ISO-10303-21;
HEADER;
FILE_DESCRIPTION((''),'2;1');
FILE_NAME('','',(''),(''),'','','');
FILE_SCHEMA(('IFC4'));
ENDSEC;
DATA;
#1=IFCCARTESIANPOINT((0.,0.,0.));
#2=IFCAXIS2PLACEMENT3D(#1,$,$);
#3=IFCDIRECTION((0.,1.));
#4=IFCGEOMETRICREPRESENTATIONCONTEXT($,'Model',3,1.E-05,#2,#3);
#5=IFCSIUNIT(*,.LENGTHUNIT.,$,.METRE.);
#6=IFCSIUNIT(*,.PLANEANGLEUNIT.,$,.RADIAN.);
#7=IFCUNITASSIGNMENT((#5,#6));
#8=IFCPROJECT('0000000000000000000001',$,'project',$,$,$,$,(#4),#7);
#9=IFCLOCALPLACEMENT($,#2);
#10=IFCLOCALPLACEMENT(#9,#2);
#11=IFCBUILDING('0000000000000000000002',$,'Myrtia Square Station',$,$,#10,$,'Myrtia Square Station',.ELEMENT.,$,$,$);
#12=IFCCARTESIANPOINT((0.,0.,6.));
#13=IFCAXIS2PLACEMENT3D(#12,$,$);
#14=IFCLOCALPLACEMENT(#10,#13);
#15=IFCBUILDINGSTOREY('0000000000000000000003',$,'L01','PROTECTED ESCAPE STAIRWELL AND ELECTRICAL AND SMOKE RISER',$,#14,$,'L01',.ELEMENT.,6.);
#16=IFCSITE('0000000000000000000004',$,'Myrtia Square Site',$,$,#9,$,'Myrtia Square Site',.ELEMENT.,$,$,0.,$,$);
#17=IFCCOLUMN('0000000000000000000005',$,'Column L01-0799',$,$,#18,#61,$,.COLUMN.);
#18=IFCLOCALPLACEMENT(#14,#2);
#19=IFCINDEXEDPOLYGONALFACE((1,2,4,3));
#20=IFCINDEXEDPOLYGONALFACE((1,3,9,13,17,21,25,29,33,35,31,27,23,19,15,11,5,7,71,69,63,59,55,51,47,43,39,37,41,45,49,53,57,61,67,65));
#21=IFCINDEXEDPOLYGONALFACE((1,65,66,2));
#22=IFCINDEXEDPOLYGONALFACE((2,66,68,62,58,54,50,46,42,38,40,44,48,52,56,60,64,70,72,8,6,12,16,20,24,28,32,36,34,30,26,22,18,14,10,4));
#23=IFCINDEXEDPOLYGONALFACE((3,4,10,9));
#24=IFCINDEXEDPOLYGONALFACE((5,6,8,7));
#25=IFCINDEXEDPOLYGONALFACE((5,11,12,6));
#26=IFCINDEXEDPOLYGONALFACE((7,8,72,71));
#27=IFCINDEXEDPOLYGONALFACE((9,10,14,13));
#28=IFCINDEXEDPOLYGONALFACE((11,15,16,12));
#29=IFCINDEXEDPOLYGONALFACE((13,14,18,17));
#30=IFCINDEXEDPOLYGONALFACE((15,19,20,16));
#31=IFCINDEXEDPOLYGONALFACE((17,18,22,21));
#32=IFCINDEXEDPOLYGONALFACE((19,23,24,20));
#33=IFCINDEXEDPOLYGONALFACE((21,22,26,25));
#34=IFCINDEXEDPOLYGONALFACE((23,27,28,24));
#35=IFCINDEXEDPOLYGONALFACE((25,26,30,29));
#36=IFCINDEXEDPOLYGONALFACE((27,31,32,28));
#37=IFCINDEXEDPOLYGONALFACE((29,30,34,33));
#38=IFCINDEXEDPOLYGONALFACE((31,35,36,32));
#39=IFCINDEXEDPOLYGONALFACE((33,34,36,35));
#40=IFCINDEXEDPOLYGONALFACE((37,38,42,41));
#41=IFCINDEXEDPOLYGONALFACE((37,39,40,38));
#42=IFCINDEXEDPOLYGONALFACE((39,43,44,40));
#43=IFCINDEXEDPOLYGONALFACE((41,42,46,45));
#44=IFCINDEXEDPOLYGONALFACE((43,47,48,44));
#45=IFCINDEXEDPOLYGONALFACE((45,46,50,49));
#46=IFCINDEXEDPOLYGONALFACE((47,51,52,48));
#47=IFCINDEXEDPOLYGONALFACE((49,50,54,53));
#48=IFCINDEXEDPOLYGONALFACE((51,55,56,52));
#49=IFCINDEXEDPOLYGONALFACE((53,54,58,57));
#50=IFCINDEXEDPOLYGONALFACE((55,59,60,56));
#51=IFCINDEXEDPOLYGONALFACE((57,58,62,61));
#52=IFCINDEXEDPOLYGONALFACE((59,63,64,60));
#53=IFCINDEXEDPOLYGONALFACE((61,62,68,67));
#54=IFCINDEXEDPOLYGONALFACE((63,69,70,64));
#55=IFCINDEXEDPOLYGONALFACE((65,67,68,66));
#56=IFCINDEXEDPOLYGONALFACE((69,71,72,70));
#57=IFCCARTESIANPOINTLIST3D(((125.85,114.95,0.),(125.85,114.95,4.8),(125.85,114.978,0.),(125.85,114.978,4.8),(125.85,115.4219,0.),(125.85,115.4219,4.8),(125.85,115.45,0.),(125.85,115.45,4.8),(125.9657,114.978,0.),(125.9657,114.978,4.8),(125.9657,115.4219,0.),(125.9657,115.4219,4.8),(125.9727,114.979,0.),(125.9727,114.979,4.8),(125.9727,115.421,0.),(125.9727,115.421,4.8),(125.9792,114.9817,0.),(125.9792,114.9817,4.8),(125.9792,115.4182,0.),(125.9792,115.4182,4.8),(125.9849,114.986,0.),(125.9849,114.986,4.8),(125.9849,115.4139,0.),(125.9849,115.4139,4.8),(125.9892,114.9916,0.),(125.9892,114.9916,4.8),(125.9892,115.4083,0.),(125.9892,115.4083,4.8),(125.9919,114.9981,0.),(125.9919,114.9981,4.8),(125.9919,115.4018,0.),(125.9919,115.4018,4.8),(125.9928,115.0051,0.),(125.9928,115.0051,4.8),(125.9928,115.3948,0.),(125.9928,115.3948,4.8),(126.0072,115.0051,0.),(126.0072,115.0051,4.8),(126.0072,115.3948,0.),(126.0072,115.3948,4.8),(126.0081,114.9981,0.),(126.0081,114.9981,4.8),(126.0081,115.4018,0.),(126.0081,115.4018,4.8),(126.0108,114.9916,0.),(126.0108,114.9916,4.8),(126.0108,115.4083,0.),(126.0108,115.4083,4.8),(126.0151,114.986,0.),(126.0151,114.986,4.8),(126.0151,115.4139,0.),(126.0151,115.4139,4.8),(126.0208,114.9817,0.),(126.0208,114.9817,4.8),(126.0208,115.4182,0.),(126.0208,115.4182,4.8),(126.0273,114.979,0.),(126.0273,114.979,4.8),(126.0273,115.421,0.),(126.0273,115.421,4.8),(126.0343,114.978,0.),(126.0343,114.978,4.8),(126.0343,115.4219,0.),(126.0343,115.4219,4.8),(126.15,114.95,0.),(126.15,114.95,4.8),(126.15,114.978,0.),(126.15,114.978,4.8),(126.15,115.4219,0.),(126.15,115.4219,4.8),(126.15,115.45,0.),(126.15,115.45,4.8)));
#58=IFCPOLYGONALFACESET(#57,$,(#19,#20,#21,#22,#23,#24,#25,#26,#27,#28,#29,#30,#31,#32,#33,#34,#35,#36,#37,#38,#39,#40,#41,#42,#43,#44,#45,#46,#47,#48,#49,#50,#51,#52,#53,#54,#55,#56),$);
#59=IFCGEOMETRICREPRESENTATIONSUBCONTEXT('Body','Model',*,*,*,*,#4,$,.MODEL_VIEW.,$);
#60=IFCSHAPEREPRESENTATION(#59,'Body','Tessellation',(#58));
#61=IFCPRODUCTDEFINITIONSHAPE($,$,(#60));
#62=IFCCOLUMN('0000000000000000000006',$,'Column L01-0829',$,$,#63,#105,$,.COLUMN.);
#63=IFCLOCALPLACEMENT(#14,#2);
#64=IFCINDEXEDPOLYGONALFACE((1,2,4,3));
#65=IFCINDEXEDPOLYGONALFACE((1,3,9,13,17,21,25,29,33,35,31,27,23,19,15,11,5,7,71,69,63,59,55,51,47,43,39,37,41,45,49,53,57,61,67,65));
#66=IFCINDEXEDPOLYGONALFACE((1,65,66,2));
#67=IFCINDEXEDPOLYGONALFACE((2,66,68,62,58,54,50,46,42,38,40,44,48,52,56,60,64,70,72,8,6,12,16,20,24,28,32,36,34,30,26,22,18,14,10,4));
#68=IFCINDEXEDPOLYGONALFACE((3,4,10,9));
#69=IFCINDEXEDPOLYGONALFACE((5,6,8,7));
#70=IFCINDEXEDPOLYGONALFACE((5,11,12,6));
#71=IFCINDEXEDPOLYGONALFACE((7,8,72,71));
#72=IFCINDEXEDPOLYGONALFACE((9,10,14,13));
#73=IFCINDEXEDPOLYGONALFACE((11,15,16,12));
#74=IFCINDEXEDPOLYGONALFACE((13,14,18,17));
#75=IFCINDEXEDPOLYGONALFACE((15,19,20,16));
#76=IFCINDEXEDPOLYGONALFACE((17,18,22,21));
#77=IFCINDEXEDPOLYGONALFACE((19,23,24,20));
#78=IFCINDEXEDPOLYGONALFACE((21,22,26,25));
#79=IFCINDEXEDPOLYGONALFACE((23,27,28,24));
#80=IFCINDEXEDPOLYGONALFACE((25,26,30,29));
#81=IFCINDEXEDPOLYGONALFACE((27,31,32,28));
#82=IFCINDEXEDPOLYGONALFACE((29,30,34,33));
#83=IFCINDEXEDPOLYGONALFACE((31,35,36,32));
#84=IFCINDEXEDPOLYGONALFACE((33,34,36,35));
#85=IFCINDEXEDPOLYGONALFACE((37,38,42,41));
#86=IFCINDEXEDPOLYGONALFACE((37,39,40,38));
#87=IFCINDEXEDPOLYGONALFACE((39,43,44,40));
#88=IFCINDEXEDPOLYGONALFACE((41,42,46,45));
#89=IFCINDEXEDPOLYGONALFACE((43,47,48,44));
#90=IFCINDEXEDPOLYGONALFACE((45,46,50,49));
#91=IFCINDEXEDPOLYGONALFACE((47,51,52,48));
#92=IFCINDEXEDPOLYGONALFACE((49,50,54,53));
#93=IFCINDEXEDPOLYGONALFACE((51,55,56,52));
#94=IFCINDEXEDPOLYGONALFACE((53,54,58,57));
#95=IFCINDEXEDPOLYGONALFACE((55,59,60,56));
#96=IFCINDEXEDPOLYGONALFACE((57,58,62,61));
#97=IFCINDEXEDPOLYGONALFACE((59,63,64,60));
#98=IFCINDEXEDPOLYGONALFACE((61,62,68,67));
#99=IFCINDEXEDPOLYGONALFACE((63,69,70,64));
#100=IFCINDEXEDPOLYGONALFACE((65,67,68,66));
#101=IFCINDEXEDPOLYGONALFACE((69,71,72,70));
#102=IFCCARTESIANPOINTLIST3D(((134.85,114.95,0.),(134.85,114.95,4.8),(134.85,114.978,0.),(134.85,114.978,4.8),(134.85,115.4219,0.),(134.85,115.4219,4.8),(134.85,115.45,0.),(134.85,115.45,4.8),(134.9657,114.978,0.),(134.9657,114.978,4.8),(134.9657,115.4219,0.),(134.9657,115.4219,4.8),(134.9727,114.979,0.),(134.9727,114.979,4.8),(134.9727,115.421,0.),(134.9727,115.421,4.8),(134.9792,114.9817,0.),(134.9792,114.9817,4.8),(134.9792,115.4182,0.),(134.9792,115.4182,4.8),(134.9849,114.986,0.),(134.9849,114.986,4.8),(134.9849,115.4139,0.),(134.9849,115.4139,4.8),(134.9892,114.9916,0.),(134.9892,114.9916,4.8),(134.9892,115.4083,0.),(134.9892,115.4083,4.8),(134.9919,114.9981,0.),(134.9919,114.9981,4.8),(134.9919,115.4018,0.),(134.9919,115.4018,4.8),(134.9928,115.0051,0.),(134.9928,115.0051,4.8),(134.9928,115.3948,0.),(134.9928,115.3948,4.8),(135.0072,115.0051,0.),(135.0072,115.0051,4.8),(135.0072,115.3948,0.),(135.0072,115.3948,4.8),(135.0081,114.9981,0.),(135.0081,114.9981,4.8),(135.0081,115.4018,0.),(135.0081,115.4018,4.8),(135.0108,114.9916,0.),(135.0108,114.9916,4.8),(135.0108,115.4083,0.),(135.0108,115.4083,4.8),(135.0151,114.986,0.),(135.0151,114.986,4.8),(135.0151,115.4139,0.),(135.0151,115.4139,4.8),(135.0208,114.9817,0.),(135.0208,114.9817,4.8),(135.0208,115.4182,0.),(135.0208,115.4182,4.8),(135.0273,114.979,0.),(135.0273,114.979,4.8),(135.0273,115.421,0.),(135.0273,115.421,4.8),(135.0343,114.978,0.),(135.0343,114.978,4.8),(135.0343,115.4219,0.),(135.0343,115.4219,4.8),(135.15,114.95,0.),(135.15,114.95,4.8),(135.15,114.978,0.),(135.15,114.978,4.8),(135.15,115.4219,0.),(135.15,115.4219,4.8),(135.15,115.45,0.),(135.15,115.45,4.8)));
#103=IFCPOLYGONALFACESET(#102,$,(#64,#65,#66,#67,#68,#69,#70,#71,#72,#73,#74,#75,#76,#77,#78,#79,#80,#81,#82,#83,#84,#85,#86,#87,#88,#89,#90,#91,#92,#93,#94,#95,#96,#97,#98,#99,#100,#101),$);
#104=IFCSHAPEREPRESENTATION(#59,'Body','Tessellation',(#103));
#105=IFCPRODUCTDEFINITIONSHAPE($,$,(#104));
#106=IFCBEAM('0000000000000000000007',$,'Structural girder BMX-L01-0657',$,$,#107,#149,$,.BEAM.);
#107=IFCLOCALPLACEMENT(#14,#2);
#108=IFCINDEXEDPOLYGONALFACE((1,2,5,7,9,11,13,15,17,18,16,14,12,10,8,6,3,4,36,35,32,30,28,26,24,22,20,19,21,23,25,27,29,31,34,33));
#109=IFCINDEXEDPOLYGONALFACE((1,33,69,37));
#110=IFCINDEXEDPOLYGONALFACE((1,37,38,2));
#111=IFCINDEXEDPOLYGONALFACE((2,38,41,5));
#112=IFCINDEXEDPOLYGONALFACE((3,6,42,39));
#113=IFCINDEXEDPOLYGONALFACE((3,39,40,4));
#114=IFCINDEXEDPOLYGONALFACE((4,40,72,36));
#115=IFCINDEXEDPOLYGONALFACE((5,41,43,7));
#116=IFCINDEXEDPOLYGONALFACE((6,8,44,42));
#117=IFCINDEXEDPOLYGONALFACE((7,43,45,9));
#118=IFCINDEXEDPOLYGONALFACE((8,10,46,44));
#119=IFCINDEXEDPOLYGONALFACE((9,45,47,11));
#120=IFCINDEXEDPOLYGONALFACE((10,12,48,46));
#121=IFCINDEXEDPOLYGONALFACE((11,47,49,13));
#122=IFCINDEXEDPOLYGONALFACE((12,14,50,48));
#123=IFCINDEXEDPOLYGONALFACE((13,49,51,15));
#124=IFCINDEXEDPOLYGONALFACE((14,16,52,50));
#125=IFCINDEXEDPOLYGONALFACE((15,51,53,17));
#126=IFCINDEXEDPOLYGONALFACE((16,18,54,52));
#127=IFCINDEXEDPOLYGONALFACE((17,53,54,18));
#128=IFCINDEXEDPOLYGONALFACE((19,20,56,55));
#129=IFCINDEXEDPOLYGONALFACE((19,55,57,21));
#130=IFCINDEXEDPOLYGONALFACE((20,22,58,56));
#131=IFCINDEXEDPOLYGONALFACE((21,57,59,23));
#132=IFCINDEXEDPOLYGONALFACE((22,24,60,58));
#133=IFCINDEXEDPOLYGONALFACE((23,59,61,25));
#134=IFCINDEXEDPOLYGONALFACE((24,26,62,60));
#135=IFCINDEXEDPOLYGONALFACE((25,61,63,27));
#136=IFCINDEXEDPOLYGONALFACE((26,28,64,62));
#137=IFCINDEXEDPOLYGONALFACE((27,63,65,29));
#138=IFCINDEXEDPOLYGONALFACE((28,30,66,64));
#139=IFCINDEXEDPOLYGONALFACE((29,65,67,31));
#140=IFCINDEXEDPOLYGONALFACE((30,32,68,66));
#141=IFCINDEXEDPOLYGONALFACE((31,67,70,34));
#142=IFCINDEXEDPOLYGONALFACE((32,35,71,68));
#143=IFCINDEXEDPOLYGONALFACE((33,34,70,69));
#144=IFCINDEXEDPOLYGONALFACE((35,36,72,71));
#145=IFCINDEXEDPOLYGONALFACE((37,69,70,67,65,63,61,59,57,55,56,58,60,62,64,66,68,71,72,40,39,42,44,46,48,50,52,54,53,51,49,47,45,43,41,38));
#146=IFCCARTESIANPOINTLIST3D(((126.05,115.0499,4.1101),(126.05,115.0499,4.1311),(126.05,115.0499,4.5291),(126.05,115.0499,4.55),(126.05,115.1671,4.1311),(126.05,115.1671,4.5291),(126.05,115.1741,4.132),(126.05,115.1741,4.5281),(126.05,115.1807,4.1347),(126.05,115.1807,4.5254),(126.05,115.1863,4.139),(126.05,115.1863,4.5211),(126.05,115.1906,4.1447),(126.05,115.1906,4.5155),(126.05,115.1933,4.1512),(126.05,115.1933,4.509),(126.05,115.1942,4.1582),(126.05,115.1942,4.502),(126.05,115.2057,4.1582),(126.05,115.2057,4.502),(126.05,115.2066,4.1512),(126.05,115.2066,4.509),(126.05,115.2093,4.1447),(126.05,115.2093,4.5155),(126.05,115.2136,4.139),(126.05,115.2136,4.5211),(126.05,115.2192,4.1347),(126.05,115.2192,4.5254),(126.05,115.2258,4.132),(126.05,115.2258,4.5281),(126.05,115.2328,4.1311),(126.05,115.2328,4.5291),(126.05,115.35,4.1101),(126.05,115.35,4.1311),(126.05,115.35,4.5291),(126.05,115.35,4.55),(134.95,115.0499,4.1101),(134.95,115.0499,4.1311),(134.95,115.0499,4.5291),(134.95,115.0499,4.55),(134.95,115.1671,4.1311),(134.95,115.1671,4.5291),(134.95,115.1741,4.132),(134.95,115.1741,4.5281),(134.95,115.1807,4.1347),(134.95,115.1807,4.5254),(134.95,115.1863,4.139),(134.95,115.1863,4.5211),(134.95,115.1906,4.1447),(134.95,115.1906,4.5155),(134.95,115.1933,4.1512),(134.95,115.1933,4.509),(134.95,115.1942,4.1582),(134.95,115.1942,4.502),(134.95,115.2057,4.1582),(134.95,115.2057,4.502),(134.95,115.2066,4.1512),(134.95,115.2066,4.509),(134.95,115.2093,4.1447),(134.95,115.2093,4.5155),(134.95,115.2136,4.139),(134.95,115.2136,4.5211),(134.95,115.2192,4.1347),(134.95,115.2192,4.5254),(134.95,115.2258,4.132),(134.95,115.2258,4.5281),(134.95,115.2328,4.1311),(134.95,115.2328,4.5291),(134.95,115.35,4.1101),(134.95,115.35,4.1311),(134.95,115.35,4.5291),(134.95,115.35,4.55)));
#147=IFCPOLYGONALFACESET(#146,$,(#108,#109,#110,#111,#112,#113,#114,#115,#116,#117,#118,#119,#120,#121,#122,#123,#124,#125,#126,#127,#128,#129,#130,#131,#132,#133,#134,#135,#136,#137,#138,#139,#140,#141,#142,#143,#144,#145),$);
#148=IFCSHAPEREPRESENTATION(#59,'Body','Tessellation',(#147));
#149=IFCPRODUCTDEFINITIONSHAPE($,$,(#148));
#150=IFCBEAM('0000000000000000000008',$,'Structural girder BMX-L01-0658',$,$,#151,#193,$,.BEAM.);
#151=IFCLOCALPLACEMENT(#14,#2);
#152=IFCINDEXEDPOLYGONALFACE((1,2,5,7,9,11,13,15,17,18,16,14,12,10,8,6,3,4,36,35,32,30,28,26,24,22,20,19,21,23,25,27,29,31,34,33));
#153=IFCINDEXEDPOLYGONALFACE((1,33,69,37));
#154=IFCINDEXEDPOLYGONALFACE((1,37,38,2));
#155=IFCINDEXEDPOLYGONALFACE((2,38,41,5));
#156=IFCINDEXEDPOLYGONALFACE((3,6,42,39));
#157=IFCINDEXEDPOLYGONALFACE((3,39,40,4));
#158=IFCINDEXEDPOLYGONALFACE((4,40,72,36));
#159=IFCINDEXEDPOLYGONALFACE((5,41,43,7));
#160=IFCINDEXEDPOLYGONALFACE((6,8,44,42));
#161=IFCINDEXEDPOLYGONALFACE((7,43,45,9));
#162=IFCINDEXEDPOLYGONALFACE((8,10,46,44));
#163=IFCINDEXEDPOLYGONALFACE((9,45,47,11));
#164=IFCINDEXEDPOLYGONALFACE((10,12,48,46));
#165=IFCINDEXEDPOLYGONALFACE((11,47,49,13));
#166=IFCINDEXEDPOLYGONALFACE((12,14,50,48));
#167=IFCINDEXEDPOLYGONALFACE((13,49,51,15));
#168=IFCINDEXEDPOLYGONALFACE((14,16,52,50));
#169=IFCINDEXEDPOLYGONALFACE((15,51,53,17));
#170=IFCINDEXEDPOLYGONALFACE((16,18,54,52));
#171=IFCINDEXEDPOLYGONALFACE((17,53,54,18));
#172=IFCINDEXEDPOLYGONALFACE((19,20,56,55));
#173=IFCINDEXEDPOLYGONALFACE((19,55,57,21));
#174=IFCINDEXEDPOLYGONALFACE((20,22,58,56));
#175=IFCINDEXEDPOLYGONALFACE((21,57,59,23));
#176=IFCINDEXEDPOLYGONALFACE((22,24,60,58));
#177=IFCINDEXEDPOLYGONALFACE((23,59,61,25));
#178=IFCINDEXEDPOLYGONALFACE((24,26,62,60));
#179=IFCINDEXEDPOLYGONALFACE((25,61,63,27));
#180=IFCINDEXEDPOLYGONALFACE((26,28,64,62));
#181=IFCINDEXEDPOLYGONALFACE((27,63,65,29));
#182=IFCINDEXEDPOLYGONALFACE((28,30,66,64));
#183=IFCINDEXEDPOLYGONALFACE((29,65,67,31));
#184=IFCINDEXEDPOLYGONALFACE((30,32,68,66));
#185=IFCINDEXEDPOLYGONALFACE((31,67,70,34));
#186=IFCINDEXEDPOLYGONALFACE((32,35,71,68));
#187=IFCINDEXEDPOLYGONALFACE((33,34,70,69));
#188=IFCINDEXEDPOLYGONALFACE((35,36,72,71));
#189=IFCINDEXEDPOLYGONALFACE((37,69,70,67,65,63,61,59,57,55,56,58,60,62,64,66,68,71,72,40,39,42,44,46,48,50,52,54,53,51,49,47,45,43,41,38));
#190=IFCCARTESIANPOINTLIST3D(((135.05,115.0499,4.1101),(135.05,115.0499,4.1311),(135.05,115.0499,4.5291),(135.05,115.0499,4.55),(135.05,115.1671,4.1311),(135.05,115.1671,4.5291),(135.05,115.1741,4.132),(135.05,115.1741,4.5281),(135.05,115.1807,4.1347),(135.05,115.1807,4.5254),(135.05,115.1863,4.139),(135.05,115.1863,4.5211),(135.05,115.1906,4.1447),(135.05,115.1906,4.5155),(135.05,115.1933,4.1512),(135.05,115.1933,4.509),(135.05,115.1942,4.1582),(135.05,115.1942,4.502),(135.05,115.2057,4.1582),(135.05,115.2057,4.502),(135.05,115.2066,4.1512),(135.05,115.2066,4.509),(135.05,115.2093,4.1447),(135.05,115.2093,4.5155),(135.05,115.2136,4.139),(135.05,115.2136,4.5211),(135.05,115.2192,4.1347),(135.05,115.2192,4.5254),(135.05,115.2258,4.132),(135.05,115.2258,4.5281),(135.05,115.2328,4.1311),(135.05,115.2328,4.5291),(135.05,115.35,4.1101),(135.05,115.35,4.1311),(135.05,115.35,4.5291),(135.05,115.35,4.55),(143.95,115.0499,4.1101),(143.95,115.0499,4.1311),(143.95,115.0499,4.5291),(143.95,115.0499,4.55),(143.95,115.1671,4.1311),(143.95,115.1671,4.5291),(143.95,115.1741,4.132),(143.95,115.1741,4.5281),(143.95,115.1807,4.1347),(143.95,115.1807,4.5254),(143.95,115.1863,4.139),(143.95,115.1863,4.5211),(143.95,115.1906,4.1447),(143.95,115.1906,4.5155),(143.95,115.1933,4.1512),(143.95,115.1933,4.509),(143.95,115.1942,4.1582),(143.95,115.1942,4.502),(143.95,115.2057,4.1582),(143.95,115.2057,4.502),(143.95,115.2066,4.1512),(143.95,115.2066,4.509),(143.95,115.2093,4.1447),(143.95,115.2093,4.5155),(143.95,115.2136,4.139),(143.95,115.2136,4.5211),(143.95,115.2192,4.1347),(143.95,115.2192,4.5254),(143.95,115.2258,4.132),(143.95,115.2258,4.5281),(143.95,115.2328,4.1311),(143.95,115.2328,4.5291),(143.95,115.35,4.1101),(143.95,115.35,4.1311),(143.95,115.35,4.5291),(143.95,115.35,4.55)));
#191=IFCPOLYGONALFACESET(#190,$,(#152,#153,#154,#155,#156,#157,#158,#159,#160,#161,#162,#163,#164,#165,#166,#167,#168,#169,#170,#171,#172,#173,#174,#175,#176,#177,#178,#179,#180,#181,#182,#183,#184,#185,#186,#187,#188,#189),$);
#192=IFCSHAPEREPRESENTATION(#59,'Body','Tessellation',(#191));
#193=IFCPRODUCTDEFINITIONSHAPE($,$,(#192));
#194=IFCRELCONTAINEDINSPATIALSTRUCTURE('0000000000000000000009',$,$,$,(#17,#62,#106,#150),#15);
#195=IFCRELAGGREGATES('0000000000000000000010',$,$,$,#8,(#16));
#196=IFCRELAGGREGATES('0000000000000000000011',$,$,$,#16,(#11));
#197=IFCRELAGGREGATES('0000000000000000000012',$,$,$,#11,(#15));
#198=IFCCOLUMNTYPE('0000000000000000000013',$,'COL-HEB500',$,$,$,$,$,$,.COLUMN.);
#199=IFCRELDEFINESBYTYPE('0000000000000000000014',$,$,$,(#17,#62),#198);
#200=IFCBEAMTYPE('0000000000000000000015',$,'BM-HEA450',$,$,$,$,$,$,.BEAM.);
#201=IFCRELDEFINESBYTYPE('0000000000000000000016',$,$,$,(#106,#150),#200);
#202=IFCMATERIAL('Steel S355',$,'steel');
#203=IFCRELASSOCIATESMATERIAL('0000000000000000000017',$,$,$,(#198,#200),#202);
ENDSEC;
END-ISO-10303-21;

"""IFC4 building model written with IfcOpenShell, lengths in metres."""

from ifc_helpers import new_model, si_unit, direction, frame, origin, origin_2d, place, context, subcontext, project, spatial, i_section, extrude, material, material_profile, profile_set, type_object, element, save


model = new_model("IFC4")

# Units and contexts
model_context = context("Model", 3, precision=1e-05, world=origin(), true_north=direction((0.0, 1.0)))
body_context = subcontext(model_context, "Body", "Model", "MODEL_VIEW")
ifc_project = project(units=[si_unit("LENGTHUNIT", "METRE"), si_unit("PLANEANGLEUNIT", "RADIAN")], contexts=[model_context])

# Site, building, storey
site_placement = place(None, origin())
site = spatial("IfcSite", under=ifc_project, at=site_placement, Name="Myrtia Square Site", LongName="Myrtia Square Site", CompositionType="ELEMENT", RefElevation=0.0)
building_placement = place(site_placement, origin())
building = spatial("IfcBuilding", under=site, at=building_placement, Name="Myrtia Square Station", LongName="Myrtia Square Station", CompositionType="ELEMENT")
storey_placement = place(building_placement, frame((0.0, 0.0, 6.0)))
storey = spatial("IfcBuildingStorey", under=building, at=storey_placement, Name="L01", Description="PROTECTED ESCAPE STAIRWELL AND ELECTRICAL AND SMOKE RISER", LongName="L01", CompositionType="ELEMENT", Elevation=6.0)

# Columns
ifc_material_1 = material(Name="Steel S355", Category="steel")
ifc_material_profile_1 = material_profile(ifc_material_1, i_section(OverallWidth=0.3, OverallDepth=0.5, WebThickness=0.0144, FlangeThickness=0.0281, FilletRadius=0.0271, at=origin_2d()), Name="HEB 500")
ifc_profile_set_1 = profile_set([ifc_material_profile_1], Name="Steel S355")
column_type = type_object("IfcColumnType", Name="COL-HEB500", PredefinedType="COLUMN", material=ifc_profile_set_1)
for number, where, z_axis, x_axis, name in (
    (1, (126.0, 115.2, 0.0), (0.0, 0.0, 1.0), (1.0, 0.0, 0.0), "Column L01-0799"),
    (2, (135.0, 115.2, 0.0), (0.0, 0.0, 1.0), (1.0, 0.0, 0.0), "Column L01-0829"),
):
    element("IfcColumn", number, at=place(storey_placement, frame(where, z_axis=z_axis, x_axis=x_axis)), inside=storey, type_object=column_type, Name=name, PredefinedType="COLUMN", context=body_context, shape_type="SweptSolid", body=[
        extrude(i_section(OverallWidth=0.3, OverallDepth=0.5, WebThickness=0.0144, FlangeThickness=0.0281, FilletRadius=0.0271, at=origin_2d()), origin(), (0.0, 0.0, 1.0), 4.8),
    ])

# Beams
ifc_material_profile_2 = material_profile(ifc_material_1, i_section(OverallWidth=0.3, OverallDepth=0.4399, WebThickness=0.0115, FlangeThickness=0.021, FilletRadius=0.0271, at=origin_2d()), Name="HEA 450")
ifc_profile_set_2 = profile_set([ifc_material_profile_2], Name="Steel S355")
beam_type = type_object("IfcBeamType", Name="BM-HEA450", PredefinedType="BEAM", material=ifc_profile_set_2)
for number, where, z_axis, x_axis, name in (
    (3, (126.05, 115.2, 4.3301), (1.0, 0.0, 0.0), (0.0, 1.0, 0.0), "Structural girder BMX-L01-0657"),
    (4, (135.05, 115.2, 4.3301), (1.0, 0.0, 0.0), (0.0, 1.0, 0.0), "Structural girder BMX-L01-0658"),
):
    element("IfcBeam", number, at=place(storey_placement, frame(where, z_axis=z_axis, x_axis=x_axis)), inside=storey, type_object=beam_type, Name=name, PredefinedType="BEAM", context=body_context, shape_type="SweptSolid", body=[
        extrude(i_section(OverallWidth=0.3, OverallDepth=0.4399, WebThickness=0.0115, FlangeThickness=0.021, FilletRadius=0.0271, at=origin_2d()), origin(), (0.0, 0.0, 1.0), 8.8999),
    ])

save(model, "model.ifc")
